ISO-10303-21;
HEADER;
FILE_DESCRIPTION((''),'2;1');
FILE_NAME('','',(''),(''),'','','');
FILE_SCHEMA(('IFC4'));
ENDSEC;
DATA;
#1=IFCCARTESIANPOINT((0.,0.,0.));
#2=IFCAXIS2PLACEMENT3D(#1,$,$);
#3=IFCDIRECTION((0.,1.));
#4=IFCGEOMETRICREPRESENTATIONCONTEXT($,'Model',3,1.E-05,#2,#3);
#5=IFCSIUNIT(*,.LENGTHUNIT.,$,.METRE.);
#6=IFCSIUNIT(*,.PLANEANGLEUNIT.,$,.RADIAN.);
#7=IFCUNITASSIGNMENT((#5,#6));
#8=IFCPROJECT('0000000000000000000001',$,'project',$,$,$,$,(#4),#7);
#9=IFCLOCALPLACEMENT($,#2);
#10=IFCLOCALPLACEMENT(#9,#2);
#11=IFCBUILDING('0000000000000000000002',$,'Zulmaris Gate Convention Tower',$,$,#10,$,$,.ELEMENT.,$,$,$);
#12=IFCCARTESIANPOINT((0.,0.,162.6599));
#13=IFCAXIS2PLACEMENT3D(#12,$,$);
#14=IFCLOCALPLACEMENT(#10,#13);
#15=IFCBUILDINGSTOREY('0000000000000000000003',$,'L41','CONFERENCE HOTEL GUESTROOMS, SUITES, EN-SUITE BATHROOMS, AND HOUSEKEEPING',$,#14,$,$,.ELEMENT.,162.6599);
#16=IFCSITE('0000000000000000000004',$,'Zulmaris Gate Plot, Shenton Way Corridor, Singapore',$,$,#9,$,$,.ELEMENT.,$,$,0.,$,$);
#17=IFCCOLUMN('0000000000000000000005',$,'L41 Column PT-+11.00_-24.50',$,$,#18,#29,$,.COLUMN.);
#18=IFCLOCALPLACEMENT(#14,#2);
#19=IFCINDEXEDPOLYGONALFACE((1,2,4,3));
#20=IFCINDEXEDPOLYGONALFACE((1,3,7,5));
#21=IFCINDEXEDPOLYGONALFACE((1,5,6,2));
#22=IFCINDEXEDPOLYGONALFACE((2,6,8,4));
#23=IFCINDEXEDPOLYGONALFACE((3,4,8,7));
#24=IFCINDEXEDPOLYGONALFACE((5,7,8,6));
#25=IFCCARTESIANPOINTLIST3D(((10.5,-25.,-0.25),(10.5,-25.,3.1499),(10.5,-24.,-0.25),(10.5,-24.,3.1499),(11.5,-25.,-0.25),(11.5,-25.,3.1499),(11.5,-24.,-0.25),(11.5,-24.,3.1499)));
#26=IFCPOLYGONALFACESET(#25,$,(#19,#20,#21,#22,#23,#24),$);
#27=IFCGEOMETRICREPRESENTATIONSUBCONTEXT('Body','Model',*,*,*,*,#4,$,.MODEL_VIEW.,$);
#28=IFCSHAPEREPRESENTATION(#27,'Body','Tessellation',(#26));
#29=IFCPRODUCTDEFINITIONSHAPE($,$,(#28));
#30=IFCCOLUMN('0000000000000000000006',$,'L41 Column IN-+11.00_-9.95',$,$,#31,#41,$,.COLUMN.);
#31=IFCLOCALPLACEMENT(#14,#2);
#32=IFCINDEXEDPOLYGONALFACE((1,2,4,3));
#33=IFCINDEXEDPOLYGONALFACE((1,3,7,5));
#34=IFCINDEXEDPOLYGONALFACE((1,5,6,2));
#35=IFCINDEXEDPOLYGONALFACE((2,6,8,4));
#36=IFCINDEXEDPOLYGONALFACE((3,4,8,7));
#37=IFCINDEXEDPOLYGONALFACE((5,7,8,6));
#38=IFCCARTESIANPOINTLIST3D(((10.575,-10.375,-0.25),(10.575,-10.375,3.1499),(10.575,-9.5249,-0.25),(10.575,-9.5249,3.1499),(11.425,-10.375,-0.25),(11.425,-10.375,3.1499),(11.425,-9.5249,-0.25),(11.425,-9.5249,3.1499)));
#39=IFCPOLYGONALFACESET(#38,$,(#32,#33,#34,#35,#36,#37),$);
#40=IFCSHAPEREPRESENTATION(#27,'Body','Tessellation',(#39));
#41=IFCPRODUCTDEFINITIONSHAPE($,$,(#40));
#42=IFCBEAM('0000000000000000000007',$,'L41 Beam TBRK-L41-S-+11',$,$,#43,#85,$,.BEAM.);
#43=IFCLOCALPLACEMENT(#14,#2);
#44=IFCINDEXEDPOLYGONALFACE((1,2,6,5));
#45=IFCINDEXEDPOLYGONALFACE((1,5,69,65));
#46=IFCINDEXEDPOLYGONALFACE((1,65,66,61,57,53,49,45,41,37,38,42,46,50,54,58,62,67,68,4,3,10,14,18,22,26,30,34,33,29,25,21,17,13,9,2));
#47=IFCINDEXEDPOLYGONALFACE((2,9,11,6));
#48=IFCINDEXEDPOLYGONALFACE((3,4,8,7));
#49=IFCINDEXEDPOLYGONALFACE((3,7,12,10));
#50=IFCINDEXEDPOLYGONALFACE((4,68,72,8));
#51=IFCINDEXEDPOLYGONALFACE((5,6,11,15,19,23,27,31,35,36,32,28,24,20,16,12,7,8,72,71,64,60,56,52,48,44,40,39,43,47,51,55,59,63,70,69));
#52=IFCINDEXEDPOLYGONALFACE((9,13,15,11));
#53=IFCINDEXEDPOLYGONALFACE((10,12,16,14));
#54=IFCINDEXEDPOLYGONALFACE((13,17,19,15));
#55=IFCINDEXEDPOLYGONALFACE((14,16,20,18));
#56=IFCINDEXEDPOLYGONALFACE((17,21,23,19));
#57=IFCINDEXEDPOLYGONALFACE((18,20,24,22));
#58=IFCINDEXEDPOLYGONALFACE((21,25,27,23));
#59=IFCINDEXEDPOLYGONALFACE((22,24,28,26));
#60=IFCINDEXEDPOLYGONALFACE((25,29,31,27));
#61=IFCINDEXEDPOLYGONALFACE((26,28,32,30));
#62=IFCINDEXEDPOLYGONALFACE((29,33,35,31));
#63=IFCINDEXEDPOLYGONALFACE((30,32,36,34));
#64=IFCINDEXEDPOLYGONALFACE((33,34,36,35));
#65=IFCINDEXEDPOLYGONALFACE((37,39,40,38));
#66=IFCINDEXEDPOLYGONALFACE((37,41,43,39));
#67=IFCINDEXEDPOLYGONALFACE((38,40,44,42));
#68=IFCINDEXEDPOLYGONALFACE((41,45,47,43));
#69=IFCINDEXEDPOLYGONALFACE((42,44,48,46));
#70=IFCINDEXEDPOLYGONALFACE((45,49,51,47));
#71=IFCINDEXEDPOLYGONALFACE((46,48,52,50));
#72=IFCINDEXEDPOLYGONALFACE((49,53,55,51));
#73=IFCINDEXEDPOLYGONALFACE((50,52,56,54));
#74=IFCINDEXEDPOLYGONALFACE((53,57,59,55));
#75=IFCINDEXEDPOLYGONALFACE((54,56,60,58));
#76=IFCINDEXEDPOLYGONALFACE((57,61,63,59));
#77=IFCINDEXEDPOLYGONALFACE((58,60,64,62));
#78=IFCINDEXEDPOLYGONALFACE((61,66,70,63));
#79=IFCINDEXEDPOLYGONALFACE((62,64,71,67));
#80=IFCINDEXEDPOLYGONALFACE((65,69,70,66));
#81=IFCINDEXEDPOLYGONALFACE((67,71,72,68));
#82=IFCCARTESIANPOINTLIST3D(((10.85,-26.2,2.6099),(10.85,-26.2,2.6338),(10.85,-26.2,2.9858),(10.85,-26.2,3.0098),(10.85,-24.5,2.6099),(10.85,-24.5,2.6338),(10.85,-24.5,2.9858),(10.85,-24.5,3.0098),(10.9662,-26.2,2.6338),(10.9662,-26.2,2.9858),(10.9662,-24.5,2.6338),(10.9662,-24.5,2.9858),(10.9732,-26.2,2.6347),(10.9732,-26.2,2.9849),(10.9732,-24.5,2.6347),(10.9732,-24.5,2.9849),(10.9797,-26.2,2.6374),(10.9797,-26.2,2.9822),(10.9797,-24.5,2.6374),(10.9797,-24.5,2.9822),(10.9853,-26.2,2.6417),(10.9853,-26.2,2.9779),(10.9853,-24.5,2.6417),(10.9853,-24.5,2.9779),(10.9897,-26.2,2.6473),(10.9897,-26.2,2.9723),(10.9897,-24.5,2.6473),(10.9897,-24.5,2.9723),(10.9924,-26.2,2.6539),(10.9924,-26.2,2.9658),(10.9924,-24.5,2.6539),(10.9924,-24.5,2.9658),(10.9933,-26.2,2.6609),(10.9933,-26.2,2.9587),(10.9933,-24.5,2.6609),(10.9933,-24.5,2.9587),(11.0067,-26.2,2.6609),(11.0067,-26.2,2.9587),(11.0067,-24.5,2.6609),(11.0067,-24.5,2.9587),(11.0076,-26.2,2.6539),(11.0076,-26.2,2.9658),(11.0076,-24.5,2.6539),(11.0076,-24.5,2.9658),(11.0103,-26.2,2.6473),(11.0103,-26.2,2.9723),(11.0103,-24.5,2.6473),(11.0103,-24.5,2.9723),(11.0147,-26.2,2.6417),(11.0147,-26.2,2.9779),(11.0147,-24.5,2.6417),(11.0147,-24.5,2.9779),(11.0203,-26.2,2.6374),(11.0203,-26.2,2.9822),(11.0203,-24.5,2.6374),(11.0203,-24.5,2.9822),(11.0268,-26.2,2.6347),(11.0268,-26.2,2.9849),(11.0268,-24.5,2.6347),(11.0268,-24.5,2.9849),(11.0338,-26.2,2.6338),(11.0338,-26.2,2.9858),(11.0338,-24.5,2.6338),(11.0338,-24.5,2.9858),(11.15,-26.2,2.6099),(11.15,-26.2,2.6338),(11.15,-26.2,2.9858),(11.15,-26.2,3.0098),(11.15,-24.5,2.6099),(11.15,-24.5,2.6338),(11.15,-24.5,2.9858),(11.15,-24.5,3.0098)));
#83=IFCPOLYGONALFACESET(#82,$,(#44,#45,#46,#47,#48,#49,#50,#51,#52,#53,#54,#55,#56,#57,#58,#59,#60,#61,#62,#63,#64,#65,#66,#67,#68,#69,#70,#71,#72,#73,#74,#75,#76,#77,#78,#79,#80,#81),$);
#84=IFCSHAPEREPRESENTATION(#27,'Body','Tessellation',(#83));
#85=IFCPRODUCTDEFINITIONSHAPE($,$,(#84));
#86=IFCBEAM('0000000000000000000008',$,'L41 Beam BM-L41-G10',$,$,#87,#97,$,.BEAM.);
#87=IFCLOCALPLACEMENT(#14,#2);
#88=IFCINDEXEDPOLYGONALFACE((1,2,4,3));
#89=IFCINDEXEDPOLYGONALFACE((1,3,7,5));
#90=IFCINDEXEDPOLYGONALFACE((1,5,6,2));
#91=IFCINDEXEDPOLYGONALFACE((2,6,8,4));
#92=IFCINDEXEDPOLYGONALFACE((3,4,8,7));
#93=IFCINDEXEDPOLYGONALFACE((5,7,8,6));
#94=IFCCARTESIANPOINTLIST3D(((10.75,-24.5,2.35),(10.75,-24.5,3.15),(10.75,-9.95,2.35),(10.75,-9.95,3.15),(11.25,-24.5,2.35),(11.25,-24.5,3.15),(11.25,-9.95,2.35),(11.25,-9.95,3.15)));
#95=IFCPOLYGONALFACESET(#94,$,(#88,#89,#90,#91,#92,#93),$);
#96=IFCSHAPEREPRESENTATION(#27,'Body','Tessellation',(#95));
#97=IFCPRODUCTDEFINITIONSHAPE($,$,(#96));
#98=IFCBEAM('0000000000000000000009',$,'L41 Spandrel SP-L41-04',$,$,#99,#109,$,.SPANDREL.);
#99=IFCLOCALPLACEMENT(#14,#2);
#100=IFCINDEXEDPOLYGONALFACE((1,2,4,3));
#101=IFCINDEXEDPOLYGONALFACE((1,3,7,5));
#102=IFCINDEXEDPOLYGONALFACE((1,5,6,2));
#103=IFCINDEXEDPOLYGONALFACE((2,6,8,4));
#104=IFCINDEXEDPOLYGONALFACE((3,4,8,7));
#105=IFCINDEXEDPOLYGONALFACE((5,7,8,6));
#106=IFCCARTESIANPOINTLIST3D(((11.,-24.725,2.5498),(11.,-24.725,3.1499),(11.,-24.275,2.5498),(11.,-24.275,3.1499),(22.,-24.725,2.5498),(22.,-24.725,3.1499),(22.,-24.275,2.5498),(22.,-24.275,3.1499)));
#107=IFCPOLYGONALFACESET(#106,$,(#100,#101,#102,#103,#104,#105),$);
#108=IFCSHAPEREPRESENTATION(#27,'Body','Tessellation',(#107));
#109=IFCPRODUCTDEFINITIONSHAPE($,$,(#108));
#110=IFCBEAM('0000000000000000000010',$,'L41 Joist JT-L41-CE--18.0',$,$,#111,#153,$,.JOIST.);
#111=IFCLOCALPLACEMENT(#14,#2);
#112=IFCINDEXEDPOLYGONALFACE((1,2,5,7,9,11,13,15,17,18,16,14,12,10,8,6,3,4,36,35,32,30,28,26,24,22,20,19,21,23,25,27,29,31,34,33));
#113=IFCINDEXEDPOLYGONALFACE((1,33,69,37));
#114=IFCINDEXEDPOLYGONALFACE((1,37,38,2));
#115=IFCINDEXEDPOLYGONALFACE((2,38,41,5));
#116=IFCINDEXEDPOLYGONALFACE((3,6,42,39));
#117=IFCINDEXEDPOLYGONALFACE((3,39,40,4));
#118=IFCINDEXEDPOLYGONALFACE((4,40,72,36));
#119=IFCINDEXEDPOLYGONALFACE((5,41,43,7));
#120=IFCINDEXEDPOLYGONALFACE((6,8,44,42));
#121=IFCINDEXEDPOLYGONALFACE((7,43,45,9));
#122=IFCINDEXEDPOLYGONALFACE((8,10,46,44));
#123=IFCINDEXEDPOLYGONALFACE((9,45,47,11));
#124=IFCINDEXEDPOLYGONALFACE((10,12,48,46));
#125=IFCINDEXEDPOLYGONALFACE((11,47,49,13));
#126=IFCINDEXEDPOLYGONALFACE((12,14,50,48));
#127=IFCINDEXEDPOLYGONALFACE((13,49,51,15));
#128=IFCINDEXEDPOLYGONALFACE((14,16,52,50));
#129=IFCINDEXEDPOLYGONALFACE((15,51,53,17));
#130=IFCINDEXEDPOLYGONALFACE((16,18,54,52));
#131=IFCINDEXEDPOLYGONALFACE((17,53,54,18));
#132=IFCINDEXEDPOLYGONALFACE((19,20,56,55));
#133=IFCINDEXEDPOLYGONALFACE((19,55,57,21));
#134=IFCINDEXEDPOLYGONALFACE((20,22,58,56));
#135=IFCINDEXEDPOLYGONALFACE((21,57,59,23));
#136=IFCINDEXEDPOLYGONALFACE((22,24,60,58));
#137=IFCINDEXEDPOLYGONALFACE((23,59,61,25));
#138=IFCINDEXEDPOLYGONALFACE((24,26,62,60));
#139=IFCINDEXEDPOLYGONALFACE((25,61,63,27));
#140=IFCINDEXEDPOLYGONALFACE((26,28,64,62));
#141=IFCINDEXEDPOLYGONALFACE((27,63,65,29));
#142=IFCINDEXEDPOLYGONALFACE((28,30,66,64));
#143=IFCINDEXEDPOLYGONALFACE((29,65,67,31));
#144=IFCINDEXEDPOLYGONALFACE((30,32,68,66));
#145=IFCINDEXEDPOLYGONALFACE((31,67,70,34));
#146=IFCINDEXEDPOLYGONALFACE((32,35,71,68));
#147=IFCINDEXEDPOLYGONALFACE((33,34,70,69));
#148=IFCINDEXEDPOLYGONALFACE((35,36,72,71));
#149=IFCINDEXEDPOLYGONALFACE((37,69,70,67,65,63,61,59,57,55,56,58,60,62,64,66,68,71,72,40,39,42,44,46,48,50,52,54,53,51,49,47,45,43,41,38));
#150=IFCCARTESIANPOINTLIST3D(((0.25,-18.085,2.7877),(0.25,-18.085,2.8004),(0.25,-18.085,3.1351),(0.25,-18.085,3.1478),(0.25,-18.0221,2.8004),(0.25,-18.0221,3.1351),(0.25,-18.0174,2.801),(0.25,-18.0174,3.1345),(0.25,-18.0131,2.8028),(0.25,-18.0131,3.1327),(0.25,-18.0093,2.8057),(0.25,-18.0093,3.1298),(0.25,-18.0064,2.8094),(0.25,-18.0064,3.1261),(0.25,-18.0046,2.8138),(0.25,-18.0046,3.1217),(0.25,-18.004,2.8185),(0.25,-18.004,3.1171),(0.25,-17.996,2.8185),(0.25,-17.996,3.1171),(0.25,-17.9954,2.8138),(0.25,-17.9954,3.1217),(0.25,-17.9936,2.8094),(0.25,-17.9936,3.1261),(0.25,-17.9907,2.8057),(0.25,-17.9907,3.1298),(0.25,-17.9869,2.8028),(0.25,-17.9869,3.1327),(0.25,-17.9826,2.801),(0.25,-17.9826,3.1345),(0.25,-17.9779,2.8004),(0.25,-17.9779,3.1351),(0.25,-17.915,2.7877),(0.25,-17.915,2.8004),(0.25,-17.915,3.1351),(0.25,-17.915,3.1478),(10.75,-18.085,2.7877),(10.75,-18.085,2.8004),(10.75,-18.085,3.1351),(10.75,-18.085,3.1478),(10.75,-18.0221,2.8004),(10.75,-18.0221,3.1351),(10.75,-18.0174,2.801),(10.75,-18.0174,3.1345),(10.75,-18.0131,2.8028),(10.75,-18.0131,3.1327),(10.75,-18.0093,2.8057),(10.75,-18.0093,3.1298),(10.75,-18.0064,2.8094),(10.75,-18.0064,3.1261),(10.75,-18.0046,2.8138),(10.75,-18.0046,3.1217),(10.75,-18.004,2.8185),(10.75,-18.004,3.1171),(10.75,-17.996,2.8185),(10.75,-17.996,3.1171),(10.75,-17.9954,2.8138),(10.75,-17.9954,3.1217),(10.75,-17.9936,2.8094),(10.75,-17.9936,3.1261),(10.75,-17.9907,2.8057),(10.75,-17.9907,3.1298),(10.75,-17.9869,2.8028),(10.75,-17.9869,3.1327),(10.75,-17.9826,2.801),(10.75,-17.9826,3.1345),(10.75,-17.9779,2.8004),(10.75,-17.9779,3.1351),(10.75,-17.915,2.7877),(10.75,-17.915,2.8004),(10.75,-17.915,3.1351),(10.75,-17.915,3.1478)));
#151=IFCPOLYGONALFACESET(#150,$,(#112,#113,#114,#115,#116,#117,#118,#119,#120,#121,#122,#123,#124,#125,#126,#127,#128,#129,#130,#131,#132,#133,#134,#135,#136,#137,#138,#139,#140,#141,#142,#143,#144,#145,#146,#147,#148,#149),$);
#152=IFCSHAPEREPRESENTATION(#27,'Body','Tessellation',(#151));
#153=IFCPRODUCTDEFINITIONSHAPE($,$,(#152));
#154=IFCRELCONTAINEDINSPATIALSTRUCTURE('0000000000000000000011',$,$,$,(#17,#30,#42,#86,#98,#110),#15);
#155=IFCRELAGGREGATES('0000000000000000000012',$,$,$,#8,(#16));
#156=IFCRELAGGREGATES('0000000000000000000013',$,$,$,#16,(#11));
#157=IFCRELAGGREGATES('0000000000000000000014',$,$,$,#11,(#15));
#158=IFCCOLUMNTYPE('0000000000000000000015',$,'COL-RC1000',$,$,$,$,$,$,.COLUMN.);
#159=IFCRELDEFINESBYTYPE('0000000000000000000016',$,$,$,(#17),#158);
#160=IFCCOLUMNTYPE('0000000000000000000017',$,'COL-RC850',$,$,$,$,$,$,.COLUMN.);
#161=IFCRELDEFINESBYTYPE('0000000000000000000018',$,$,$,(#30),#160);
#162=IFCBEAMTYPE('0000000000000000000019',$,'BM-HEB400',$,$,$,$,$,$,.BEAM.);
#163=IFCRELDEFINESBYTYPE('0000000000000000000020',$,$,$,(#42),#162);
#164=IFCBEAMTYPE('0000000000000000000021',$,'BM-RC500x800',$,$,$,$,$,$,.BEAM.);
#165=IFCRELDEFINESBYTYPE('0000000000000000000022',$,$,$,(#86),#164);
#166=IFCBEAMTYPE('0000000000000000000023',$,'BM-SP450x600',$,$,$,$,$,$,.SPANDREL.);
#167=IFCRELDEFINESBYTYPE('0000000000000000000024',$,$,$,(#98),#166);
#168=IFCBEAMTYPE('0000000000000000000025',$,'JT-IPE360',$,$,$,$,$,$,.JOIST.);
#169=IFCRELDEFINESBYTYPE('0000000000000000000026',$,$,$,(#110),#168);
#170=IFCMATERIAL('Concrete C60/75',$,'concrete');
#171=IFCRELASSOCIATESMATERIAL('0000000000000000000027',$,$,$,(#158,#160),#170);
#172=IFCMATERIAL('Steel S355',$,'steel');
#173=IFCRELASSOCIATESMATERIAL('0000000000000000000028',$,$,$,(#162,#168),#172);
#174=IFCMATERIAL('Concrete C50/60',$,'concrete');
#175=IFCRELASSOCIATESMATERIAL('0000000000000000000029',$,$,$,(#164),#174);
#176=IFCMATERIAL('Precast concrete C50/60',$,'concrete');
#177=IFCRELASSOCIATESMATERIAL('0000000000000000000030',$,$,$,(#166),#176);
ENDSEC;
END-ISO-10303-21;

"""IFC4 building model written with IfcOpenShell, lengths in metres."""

from ifc_helpers import new_model, si_unit, direction, frame, origin, origin_2d, place, context, subcontext, project, spatial, rectangle, i_section, extrude, material, material_profile, profile_set, type_object, element, save


model = new_model("IFC4")

# Units and contexts
model_context = context("Model", 3, precision=1e-05, world=origin(), true_north=direction((0.0, 1.0)))
body_context = subcontext(model_context, "Body", "Model", "MODEL_VIEW")
ifc_project = project(units=[si_unit("LENGTHUNIT", "METRE"), si_unit("PLANEANGLEUNIT", "RADIAN")], contexts=[model_context])

# Site, building, storey
site_placement = place(None, origin())
site = spatial("IfcSite", under=ifc_project, at=site_placement, Name="Zulmaris Gate Plot, Shenton Way Corridor, Singapore", CompositionType="ELEMENT", RefElevation=0.0)
building_placement = place(site_placement, origin())
building = spatial("IfcBuilding", under=site, at=building_placement, Name="Zulmaris Gate Convention Tower", CompositionType="ELEMENT")
storey_placement = place(building_placement, frame((0.0, 0.0, 162.6599)))
storey = spatial("IfcBuildingStorey", under=building, at=storey_placement, Name="L41", Description="CONFERENCE HOTEL GUESTROOMS, SUITES, EN-SUITE BATHROOMS, AND HOUSEKEEPING", CompositionType="ELEMENT", Elevation=162.6599)

# Columns
ifc_material_1 = material(Name="Concrete C60/75", Category="concrete")
ifc_material_profile_1 = material_profile(ifc_material_1, rectangle(XDim=1.0, YDim=1.0, at=origin_2d()), Name="RC COL 1000x1000")
ifc_profile_set_1 = profile_set([ifc_material_profile_1], Name="Concrete C60/75")
column_type_1 = type_object("IfcColumnType", Name="COL-RC1000", PredefinedType="COLUMN", material=ifc_profile_set_1)
column_1_placement = place(storey_placement, frame((11.0, -24.5, -0.25), z_axis=(0.0, 0.0, 1.0), x_axis=(1.0, 0.0, 0.0)))
element("IfcColumn", 1, at=column_1_placement, inside=storey, type_object=column_type_1, Name="L41 Column PT-+11.00_-24.50", PredefinedType="COLUMN", context=body_context, shape_type="SweptSolid", body=[
    extrude(rectangle(XDim=1.0, YDim=1.0, at=origin_2d()), origin(), (0.0, 0.0, 1.0), 3.3999),
])
ifc_material_profile_2 = material_profile(ifc_material_1, rectangle(XDim=0.8501, YDim=0.8501, at=origin_2d()), Name="RC COL 850x850")
ifc_profile_set_2 = profile_set([ifc_material_profile_2], Name="Concrete C60/75")
column_type_2 = type_object("IfcColumnType", Name="COL-RC850", PredefinedType="COLUMN", material=ifc_profile_set_2)
column_2_placement = place(storey_placement, frame((11.0, -9.95, -0.25), z_axis=(0.0, 0.0, 1.0), x_axis=(1.0, 0.0, 0.0)))
element("IfcColumn", 2, at=column_2_placement, inside=storey, type_object=column_type_2, Name="L41 Column IN-+11.00_-9.95", PredefinedType="COLUMN", context=body_context, shape_type="SweptSolid", body=[
    extrude(rectangle(XDim=0.8501, YDim=0.8501, at=origin_2d()), origin(), (0.0, 0.0, 1.0), 3.3999),
])

# Beams
ifc_material_2 = material(Name="Steel S355", Category="steel")
ifc_material_profile_3 = material_profile(ifc_material_2, i_section(OverallWidth=0.3, OverallDepth=0.3999, WebThickness=0.0134, FlangeThickness=0.0239, FilletRadius=0.0271, at=origin_2d()), Name="HEB 400")
ifc_profile_set_3 = profile_set([ifc_material_profile_3], Name="Steel S355")
beam_type_1 = type_object("IfcBeamType", Name="BM-HEB400", PredefinedType="BEAM", material=ifc_profile_set_3)
beam_1_placement = place(storey_placement, frame((11.0, -26.2, 2.8098), z_axis=(0.0, 1.0, 0.0), x_axis=(-1.0, 0.0, 0.0)))
element("IfcBeam", 3, at=beam_1_placement, inside=storey, type_object=beam_type_1, Name="L41 Beam TBRK-L41-S-+11", PredefinedType="BEAM", context=body_context, shape_type="SweptSolid", body=[
    extrude(i_section(OverallWidth=0.3, OverallDepth=0.3999, WebThickness=0.0134, FlangeThickness=0.0239, FilletRadius=0.0271, at=origin_2d()), origin(), (0.0, 0.0, 1.0), 1.7),
])
ifc_material_3 = material(Name="Concrete C50/60", Category="concrete")
ifc_material_profile_4 = material_profile(ifc_material_3, rectangle(XDim=0.5, YDim=0.8, at=origin_2d()), Name="RC BEAM 500x800")
ifc_profile_set_4 = profile_set([ifc_material_profile_4], Name="Concrete C50/60")
beam_type_2 = type_object("IfcBeamType", Name="BM-RC500x800", PredefinedType="BEAM", material=ifc_profile_set_4)
beam_2_placement = place(storey_placement, frame((11.0, -24.5, 2.75), z_axis=(0.0, 1.0, 0.0), x_axis=(-1.0, 0.0, 0.0)))
element("IfcBeam", 4, at=beam_2_placement, inside=storey, type_object=beam_type_2, Name="L41 Beam BM-L41-G10", PredefinedType="BEAM", context=body_context, shape_type="SweptSolid", body=[
    extrude(rectangle(XDim=0.5, YDim=0.8, at=origin_2d()), origin(), (0.0, 0.0, 1.0), 14.55),
])
ifc_material_4 = material(Name="Precast concrete C50/60", Category="concrete")
ifc_material_profile_5 = material_profile(ifc_material_4, rectangle(XDim=0.45, YDim=0.6001, at=origin_2d()), Name="RC SPANDREL 450x600")
ifc_profile_set_5 = profile_set([ifc_material_profile_5], Name="Precast concrete C50/60")
beam_type_3 = type_object("IfcBeamType", Name="BM-SP450x600", PredefinedType="SPANDREL", material=ifc_profile_set_5)
beam_3_placement = place(storey_placement, frame((11.0, -24.5, 2.8499), z_axis=(1.0, 0.0, 0.0), x_axis=(0.0, 1.0, 0.0)))
element("IfcBeam", 5, at=beam_3_placement, inside=storey, type_object=beam_type_3, Name="L41 Spandrel SP-L41-04", PredefinedType="SPANDREL", context=body_context, shape_type="SweptSolid", body=[
    extrude(rectangle(XDim=0.45, YDim=0.6001, at=origin_2d()), origin(), (0.0, 0.0, 1.0), 11.0),
])
ifc_material_profile_6 = material_profile(ifc_material_2, i_section(OverallWidth=0.1699, OverallDepth=0.3601, WebThickness=0.0081, FlangeThickness=0.0127, FilletRadius=0.0181, at=origin_2d()), Name="IPE 360")
ifc_profile_set_6 = profile_set([ifc_material_profile_6], Name="Steel S355")
beam_type_4 = type_object("IfcBeamType", Name="JT-IPE360", PredefinedType="JOIST", material=ifc_profile_set_6)
for number, where, z_axis, x_axis, name in (
    (6, (0.25, -18.0, 2.9678), (1.0, 0.0, 0.0), (0.0, 1.0, 0.0), "L41 Joist JT-L41-CE--18.0"),
):
    element("IfcBeam", number, at=place(storey_placement, frame(where, z_axis=z_axis, x_axis=x_axis)), inside=storey, type_object=beam_type_4, Name=name, PredefinedType="JOIST", context=body_context, shape_type="SweptSolid", body=[
        extrude(i_section(OverallWidth=0.1699, OverallDepth=0.3601, WebThickness=0.0081, FlangeThickness=0.0127, FilletRadius=0.0181, at=origin_2d()), origin(), (0.0, 0.0, 1.0), 10.5),
    ])

save(model, "model.ifc")
